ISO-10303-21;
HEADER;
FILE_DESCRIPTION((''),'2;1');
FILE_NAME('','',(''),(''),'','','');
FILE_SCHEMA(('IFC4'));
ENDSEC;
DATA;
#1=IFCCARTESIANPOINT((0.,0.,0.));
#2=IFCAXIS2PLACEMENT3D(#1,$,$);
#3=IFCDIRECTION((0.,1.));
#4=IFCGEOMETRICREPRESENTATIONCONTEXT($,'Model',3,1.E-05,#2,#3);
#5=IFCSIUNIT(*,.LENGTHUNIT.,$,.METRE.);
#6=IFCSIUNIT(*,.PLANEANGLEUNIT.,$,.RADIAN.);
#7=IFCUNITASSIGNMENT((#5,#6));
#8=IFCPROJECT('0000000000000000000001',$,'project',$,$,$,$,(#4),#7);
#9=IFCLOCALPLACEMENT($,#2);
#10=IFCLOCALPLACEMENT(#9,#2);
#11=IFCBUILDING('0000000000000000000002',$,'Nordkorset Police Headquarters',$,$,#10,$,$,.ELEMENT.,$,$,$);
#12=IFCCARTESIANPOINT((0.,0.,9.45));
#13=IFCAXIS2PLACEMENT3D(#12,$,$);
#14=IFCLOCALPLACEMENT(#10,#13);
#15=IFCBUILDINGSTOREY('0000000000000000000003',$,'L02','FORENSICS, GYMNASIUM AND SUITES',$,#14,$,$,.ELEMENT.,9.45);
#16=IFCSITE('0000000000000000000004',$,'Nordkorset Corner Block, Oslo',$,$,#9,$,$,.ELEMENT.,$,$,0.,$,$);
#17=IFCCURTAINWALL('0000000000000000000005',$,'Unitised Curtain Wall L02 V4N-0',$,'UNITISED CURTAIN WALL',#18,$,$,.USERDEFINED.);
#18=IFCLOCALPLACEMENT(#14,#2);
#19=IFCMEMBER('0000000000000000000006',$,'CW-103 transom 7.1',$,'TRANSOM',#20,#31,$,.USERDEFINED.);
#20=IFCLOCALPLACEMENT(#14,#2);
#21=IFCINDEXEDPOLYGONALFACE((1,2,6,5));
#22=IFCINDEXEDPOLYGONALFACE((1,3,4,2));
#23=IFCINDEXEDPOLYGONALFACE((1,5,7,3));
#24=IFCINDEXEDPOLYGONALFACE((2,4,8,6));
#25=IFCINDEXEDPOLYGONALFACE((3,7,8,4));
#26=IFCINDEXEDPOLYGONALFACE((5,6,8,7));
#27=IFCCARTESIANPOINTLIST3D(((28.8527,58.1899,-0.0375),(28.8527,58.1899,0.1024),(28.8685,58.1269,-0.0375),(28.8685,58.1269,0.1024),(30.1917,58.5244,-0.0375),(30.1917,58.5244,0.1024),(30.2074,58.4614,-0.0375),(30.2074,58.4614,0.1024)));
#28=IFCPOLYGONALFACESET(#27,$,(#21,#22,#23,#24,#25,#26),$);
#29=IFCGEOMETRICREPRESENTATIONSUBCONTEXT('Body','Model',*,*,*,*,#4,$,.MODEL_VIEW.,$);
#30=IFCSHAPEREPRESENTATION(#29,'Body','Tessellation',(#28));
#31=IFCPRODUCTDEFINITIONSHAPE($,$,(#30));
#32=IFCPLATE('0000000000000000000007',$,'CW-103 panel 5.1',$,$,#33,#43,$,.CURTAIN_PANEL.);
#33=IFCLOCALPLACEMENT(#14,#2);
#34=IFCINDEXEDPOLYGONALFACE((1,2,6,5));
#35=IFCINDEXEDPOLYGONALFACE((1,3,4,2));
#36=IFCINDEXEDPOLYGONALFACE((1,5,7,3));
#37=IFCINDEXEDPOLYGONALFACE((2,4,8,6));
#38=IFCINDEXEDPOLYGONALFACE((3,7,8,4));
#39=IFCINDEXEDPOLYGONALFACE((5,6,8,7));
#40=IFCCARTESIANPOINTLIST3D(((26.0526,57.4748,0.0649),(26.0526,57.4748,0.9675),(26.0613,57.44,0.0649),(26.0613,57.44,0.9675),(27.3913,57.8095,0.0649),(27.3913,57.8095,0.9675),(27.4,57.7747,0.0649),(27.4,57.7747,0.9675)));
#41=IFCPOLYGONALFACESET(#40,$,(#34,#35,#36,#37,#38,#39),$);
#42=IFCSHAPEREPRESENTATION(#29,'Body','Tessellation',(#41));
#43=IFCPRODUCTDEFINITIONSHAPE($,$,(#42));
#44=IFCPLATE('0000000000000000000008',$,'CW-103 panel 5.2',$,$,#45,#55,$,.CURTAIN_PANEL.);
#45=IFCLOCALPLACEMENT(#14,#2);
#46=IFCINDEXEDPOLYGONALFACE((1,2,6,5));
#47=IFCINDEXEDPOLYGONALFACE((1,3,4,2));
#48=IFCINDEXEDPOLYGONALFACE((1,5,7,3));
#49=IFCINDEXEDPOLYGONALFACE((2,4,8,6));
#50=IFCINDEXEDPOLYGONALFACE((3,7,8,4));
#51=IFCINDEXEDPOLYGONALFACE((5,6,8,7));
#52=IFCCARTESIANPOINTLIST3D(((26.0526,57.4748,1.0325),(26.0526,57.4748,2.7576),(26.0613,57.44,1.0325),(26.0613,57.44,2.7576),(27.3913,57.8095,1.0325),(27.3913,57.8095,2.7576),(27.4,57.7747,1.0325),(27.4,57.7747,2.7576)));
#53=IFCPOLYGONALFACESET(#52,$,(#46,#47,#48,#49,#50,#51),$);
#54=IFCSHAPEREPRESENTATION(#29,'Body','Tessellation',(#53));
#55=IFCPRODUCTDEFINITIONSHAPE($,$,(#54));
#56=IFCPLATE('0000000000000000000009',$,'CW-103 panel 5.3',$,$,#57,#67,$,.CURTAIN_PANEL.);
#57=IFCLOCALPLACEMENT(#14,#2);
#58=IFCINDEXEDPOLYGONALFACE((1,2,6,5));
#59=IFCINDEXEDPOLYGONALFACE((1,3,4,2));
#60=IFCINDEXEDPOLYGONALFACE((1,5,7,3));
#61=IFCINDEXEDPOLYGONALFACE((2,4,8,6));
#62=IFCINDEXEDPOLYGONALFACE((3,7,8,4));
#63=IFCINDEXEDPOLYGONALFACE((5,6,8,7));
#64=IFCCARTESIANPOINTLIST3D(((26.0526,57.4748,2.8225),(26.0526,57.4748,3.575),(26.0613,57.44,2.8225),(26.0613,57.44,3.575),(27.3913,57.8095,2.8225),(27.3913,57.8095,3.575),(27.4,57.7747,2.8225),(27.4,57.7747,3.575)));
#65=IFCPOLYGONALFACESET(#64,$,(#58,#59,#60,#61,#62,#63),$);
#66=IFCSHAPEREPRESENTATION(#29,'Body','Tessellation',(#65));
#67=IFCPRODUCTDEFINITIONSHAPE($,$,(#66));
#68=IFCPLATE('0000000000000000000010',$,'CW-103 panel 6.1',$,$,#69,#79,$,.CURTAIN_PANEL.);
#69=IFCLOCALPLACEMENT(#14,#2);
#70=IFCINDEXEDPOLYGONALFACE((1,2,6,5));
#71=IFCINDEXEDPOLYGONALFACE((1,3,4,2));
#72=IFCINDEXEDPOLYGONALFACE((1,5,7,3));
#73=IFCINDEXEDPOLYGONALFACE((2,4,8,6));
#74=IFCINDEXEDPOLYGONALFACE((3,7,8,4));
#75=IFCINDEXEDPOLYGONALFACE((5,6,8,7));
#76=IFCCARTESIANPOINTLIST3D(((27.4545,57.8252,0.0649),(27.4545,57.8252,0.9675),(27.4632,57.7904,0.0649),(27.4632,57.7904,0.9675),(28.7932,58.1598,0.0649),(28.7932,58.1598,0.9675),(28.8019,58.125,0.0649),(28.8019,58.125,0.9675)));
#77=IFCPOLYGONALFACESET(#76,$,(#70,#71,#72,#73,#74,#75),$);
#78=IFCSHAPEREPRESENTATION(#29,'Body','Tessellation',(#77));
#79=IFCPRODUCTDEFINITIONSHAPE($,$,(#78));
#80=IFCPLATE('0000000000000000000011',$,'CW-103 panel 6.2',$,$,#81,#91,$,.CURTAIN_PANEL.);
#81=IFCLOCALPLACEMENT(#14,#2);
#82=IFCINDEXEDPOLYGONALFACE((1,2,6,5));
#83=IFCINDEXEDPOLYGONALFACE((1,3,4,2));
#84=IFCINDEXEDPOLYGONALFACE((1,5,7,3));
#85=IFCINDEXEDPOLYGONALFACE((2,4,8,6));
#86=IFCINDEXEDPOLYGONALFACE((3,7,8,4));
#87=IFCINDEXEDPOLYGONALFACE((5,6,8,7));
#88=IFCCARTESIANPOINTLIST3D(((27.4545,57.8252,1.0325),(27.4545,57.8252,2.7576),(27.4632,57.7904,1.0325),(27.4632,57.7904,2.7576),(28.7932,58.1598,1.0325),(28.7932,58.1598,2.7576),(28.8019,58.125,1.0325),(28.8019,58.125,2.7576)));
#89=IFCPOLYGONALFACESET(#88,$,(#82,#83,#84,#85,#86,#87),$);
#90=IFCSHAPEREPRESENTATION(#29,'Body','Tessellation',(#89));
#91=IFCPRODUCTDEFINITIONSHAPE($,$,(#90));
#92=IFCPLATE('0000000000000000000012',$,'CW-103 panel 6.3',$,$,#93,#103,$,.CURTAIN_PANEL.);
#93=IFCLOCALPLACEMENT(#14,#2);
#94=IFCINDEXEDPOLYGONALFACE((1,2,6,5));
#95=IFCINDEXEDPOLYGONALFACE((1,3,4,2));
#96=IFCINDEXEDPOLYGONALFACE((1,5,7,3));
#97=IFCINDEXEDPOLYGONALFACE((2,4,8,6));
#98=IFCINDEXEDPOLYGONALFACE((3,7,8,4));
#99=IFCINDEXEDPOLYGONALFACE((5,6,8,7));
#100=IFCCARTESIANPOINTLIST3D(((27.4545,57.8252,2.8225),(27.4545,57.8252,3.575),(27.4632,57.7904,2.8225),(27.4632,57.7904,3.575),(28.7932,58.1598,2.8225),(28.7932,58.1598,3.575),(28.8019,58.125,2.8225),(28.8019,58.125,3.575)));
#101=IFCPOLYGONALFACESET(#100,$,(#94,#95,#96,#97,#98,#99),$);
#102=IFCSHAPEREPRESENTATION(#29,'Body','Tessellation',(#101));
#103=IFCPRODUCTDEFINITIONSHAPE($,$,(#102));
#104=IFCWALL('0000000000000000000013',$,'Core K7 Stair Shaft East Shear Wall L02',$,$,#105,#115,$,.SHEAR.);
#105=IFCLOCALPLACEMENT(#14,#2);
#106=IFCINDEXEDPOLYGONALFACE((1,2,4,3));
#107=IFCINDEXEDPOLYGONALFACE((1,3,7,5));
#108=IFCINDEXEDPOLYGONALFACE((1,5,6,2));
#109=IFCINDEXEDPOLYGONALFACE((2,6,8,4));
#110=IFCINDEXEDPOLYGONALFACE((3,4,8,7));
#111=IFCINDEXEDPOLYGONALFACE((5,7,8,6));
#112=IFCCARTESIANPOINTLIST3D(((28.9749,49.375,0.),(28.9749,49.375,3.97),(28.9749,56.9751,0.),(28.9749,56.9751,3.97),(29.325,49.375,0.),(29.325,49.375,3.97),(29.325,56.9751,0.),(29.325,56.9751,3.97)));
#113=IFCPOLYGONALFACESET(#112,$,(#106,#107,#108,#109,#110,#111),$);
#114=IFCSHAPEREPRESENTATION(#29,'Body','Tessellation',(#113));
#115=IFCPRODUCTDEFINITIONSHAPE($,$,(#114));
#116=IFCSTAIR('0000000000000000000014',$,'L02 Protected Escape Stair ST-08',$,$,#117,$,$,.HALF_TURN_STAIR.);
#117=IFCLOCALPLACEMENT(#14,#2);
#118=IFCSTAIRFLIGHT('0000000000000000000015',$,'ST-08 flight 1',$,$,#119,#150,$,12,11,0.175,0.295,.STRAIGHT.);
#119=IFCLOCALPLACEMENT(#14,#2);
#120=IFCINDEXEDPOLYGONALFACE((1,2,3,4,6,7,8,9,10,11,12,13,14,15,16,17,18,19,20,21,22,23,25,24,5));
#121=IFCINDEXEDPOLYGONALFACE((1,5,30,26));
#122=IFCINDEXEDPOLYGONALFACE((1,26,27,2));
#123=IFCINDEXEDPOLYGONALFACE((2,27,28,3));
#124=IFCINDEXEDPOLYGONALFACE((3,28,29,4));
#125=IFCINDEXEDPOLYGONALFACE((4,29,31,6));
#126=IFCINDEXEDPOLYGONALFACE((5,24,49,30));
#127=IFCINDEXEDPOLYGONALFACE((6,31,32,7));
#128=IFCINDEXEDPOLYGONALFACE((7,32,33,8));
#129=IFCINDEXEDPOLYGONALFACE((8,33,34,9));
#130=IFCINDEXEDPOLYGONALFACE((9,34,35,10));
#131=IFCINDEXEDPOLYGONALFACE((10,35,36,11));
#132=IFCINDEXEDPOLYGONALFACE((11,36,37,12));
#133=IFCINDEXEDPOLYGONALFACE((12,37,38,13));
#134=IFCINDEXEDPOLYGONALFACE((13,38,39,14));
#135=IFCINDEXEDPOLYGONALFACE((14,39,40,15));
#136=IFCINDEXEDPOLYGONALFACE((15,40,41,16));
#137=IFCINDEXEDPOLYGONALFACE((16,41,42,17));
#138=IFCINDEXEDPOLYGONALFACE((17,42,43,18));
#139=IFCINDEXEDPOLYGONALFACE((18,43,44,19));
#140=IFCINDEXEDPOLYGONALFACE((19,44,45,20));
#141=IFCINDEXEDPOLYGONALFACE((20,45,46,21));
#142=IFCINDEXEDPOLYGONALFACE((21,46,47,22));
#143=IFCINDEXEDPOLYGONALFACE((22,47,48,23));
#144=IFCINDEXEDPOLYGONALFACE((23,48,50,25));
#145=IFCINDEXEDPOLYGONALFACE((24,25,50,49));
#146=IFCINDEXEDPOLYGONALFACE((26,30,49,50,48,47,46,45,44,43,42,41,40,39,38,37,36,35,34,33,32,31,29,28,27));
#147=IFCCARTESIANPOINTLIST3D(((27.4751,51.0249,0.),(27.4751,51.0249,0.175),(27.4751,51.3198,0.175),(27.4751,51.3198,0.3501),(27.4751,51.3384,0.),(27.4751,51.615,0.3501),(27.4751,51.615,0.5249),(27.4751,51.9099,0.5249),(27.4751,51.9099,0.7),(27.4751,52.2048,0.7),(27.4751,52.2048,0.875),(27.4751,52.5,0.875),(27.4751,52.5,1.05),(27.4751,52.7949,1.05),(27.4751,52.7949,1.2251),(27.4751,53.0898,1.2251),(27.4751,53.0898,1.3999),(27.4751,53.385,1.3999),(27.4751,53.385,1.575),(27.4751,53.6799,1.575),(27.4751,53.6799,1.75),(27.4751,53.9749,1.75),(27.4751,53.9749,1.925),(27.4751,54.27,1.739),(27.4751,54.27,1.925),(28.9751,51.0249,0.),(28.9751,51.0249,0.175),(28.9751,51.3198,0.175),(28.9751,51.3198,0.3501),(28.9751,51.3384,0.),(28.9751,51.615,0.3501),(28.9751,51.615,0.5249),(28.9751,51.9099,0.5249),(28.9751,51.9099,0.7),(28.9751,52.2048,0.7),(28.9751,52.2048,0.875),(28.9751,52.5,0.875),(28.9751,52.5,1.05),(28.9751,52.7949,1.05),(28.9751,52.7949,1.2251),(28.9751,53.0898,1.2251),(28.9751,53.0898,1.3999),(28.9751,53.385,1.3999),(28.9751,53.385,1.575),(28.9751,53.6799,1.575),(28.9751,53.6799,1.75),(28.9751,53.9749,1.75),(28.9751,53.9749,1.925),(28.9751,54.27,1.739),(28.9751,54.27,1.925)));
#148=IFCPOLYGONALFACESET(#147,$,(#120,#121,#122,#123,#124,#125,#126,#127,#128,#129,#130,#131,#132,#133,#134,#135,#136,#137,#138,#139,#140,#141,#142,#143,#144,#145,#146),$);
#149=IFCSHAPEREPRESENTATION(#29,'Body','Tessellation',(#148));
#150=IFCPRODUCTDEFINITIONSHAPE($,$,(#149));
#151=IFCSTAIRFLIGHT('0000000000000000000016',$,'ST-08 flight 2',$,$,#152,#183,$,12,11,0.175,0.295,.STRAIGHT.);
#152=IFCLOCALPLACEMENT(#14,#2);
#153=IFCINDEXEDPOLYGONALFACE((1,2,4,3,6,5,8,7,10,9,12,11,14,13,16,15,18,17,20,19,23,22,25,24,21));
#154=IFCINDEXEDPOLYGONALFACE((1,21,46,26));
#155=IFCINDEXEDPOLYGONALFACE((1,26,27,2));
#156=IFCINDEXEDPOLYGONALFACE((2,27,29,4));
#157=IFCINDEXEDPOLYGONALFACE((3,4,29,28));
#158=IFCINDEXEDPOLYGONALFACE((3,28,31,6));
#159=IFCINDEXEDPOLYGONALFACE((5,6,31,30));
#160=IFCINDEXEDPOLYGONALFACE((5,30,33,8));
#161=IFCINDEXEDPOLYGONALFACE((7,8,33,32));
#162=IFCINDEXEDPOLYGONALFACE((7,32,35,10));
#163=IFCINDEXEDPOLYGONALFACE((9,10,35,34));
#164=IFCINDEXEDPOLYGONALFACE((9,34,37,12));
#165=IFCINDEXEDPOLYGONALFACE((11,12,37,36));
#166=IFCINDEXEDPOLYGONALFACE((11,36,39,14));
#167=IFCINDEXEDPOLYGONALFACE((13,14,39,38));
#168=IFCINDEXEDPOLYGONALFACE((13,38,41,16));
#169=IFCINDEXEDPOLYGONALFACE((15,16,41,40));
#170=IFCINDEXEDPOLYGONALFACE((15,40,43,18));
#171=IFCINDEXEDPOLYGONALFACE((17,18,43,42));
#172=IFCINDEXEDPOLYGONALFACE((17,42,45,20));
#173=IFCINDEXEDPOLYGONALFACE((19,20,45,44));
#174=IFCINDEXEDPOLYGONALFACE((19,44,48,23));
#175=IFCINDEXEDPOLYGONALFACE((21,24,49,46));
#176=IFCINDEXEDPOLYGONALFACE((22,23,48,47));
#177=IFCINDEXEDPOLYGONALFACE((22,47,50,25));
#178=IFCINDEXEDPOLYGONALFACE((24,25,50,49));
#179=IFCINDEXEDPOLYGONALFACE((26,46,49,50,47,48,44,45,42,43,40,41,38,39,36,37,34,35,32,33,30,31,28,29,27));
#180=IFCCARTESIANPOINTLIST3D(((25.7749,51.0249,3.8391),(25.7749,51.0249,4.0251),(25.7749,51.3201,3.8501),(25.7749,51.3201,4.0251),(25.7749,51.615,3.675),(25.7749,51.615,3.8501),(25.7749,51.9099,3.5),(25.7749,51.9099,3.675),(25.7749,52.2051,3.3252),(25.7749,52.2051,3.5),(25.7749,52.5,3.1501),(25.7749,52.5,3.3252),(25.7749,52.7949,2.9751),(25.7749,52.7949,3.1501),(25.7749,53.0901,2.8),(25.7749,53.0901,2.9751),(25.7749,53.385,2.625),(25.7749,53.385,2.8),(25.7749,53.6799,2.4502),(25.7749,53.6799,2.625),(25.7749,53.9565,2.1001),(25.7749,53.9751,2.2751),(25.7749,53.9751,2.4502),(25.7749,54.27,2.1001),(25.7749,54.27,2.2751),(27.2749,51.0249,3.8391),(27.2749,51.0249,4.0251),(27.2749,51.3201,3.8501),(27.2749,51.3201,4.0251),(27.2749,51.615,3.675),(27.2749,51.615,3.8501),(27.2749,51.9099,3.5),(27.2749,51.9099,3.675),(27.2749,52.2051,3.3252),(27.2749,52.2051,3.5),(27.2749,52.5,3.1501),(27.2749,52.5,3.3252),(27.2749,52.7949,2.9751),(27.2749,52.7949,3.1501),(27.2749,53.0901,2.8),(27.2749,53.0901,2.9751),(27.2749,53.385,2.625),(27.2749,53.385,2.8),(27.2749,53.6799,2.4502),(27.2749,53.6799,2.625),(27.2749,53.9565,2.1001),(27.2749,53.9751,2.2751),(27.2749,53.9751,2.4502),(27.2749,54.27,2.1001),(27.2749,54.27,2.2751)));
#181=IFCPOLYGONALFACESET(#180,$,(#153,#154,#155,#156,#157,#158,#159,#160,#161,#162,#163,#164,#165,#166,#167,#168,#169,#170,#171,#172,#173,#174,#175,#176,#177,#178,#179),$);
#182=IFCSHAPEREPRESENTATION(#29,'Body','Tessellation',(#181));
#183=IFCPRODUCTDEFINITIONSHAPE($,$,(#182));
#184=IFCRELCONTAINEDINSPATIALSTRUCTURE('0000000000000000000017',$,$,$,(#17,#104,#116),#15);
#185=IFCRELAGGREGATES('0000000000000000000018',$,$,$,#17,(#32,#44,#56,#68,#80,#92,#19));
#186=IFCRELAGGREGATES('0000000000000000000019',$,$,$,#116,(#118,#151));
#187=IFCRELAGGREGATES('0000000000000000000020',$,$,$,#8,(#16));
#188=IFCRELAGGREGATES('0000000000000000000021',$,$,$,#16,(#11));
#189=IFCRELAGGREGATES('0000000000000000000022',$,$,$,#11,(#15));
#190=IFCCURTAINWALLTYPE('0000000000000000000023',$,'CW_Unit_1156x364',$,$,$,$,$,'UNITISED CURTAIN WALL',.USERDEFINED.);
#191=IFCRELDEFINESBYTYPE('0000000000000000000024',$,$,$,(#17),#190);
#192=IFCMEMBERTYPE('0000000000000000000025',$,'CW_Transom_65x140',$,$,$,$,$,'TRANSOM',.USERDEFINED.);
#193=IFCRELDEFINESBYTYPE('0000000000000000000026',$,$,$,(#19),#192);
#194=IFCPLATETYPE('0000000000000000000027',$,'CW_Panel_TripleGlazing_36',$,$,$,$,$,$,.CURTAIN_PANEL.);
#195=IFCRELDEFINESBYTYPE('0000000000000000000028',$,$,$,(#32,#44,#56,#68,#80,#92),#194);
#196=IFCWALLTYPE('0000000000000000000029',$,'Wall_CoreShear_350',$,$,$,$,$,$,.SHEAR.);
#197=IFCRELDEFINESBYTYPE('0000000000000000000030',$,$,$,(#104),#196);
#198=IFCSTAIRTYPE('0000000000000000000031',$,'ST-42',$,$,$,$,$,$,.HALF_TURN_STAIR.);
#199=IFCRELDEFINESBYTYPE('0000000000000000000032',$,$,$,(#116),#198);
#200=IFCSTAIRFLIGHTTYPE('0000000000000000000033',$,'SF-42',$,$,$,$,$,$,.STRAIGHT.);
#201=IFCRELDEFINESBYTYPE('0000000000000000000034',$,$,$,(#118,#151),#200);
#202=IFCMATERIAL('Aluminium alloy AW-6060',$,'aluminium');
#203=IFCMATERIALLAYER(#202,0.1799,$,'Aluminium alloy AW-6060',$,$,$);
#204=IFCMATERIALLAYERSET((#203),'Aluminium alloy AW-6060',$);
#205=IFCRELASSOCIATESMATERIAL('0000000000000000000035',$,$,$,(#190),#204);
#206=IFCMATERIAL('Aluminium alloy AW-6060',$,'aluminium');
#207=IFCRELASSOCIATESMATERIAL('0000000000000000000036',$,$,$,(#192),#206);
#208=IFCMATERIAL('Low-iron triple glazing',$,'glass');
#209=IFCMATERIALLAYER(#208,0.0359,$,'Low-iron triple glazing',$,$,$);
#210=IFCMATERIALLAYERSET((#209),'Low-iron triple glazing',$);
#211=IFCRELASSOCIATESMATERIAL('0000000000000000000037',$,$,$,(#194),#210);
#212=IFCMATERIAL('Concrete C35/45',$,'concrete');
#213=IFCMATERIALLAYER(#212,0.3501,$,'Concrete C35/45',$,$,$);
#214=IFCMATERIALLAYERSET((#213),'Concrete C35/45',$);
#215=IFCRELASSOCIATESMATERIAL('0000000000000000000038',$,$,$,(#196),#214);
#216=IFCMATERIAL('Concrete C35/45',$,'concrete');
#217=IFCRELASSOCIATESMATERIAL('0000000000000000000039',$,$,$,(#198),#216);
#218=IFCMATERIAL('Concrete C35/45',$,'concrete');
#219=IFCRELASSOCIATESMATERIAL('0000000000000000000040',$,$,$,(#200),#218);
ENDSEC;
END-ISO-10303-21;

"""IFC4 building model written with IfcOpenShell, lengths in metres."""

from ifc_helpers import new_model, si_unit, direction, frame, frame_2d, origin, origin_2d, place, context, subcontext, project, spatial, polyline, rectangle, outline, extrude, material, layer, layer_set, material_profile, profile_set, type_object, element, aggregate, save


model = new_model("IFC4")

# Units and contexts
model_context = context("Model", 3, precision=1e-05, world=origin(), true_north=direction((0.0, 1.0)))
body_context = subcontext(model_context, "Body", "Model", "MODEL_VIEW")
ifc_project = project(units=[si_unit("LENGTHUNIT", "METRE"), si_unit("PLANEANGLEUNIT", "RADIAN")], contexts=[model_context])

# Site, building, storey
site_placement = place(None, origin())
site = spatial("IfcSite", under=ifc_project, at=site_placement, Name="Nordkorset Corner Block, Oslo", CompositionType="ELEMENT", RefElevation=0.0)
building_placement = place(site_placement, origin())
building = spatial("IfcBuilding", under=site, at=building_placement, Name="Nordkorset Police Headquarters", CompositionType="ELEMENT")
storey_placement = place(building_placement, frame((0.0, 0.0, 9.45)))
storey = spatial("IfcBuildingStorey", under=building, at=storey_placement, Name="L02", Description="FORENSICS, GYMNASIUM AND SUITES", CompositionType="ELEMENT", Elevation=9.45)

# Curtain wall, member, plates
ifc_material_1 = material(Name="Aluminium alloy AW-6060", Category="aluminium")
ifc_layer_1 = layer(ifc_material_1, 0.1799, Name="Aluminium alloy AW-6060")
ifc_layer_set_1 = layer_set([ifc_layer_1], Name="Aluminium alloy AW-6060")
curtain_wall_type = type_object("IfcCurtainWallType", Name="CW_Unit_1156x364", ElementType="UNITISED CURTAIN WALL", PredefinedType="USERDEFINED", material=ifc_layer_set_1)
curtain_wall_placement = place(storey_placement, origin())
curtain_wall = element("IfcCurtainWall", 1, at=curtain_wall_placement, inside=storey, type_object=curtain_wall_type, Name="Unitised Curtain Wall L02 V4N-0", ObjectType="UNITISED CURTAIN WALL", PredefinedType="USERDEFINED")
ifc_material_2 = material(Name="Aluminium alloy AW-6060", Category="aluminium")
ifc_material_profile_1 = material_profile(ifc_material_2, rectangle(XDim=0.0649, YDim=0.1399, at=origin_2d()), Name="ALU TRAN 65x140")
ifc_profile_set_1 = profile_set([ifc_material_profile_1], Name="Aluminium alloy AW-6060")
member_type_1 = type_object("IfcMemberType", Name="CW_Transom_65x140", ElementType="TRANSOM", PredefinedType="USERDEFINED", material=ifc_profile_set_1)
member_1_placement = place(storey_placement, frame((28.8606, 58.1584, 0.0325), z_axis=(0.970184, 0.242369, 0.0), x_axis=(-0.242369, 0.970184, 0.0)))
member_1 = element("IfcMember", 2, at=member_1_placement, type_object=member_type_1, Name="CW-103 transom 7.1", ObjectType="TRANSOM", PredefinedType="USERDEFINED", context=body_context, shape_type="SweptSolid", body=[
    extrude(rectangle(XDim=0.0649, YDim=0.1399, at=origin_2d()), origin(), (0.0, 0.0, 1.0), 1.3801),
])
ifc_material_3 = material(Name="Low-iron triple glazing", Category="glass")
ifc_layer_2 = layer(ifc_material_3, 0.0359, Name="Low-iron triple glazing")
ifc_layer_set_2 = layer_set([ifc_layer_2], Name="Low-iron triple glazing")
plate_type = type_object("IfcPlateType", Name="CW_Panel_TripleGlazing_36", PredefinedType="CURTAIN_PANEL", material=ifc_layer_set_2)
plate_1_placement = place(storey_placement, frame((26.7263, 57.6248, 0.0649), z_axis=(0.0, 0.0, 1.0), x_axis=(0.970142, 0.242536, 0.0)))
plate_1 = element("IfcPlate", 3, at=plate_1_placement, type_object=plate_type, Name="CW-103 panel 5.1", PredefinedType="CURTAIN_PANEL", context=body_context, shape_type="SweptSolid", body=[
    extrude(rectangle(XDim=1.3799, YDim=0.0359, at=origin_2d()), origin(), (0.0, 0.0, 1.0), 0.9026),
])
plate_2_placement = place(storey_placement, frame((26.7263, 57.6248, 1.0325), z_axis=(0.0, 0.0, 1.0), x_axis=(0.970142, 0.242536, 0.0)))
plate_2 = element("IfcPlate", 4, at=plate_2_placement, type_object=plate_type, Name="CW-103 panel 5.2", PredefinedType="CURTAIN_PANEL", context=body_context, shape_type="SweptSolid", body=[
    extrude(rectangle(XDim=1.3799, YDim=0.0359, at=origin_2d()), origin(), (0.0, 0.0, 1.0), 1.7251),
])
plate_3_placement = place(storey_placement, frame((26.7263, 57.6248, 2.8225), z_axis=(0.0, 0.0, 1.0), x_axis=(0.970142, 0.242536, 0.0)))
plate_3 = element("IfcPlate", 5, at=plate_3_placement, type_object=plate_type, Name="CW-103 panel 5.3", PredefinedType="CURTAIN_PANEL", context=body_context, shape_type="SweptSolid", body=[
    extrude(rectangle(XDim=1.3799, YDim=0.0359, at=origin_2d()), origin(), (0.0, 0.0, 1.0), 0.7524),
])
plate_4_placement = place(storey_placement, frame((28.1282, 57.9751, 0.0649), z_axis=(0.0, 0.0, 1.0), x_axis=(0.970142, 0.242536, 0.0)))
plate_4 = element("IfcPlate", 6, at=plate_4_placement, type_object=plate_type, Name="CW-103 panel 6.1", PredefinedType="CURTAIN_PANEL", context=body_context, shape_type="SweptSolid", body=[
    extrude(rectangle(XDim=1.3799, YDim=0.0359, at=origin_2d()), origin(), (0.0, 0.0, 1.0), 0.9026),
])
plate_5_placement = place(storey_placement, frame((28.1282, 57.9751, 1.0325), z_axis=(0.0, 0.0, 1.0), x_axis=(0.970142, 0.242536, 0.0)))
plate_5 = element("IfcPlate", 7, at=plate_5_placement, type_object=plate_type, Name="CW-103 panel 6.2", PredefinedType="CURTAIN_PANEL", context=body_context, shape_type="SweptSolid", body=[
    extrude(rectangle(XDim=1.3799, YDim=0.0359, at=origin_2d()), origin(), (0.0, 0.0, 1.0), 1.7251),
])
plate_6_placement = place(storey_placement, frame((28.1282, 57.9751, 2.8225), z_axis=(0.0, 0.0, 1.0), x_axis=(0.970142, 0.242536, 0.0)))
plate_6 = element("IfcPlate", 8, at=plate_6_placement, type_object=plate_type, Name="CW-103 panel 6.3", PredefinedType="CURTAIN_PANEL", context=body_context, shape_type="SweptSolid", body=[
    extrude(rectangle(XDim=1.3799, YDim=0.0359, at=origin_2d()), origin(), (0.0, 0.0, 1.0), 0.7524),
])
aggregate(curtain_wall, [plate_1, plate_2, plate_3, plate_4, plate_5, plate_6, member_1])

# Wall
ifc_material_4 = material(Name="Concrete C35/45", Category="concrete")
ifc_layer_3 = layer(ifc_material_4, 0.3501, Name="Concrete C35/45")
ifc_layer_set_3 = layer_set([ifc_layer_3], Name="Concrete C35/45")
wall_type = type_object("IfcWallType", Name="Wall_CoreShear_350", PredefinedType="SHEAR", material=ifc_layer_set_3)
wall_placement = place(storey_placement, frame((29.1499, 49.375, 0.0), z_axis=(0.0, 0.0, 1.0), x_axis=(0.0, 1.0, 0.0)))
element("IfcWall", 9, at=wall_placement, inside=storey, type_object=wall_type, Name="Core K7 Stair Shaft East Shear Wall L02", PredefinedType="SHEAR", context=body_context, shape_type="SweptSolid", body=[
    extrude(rectangle(XDim=7.6001, YDim=0.3501, at=frame_2d((3.8, 0.0))), origin(), (0.0, 0.0, 1.0), 3.97),
])

# Stair, stair flights
ifc_material_5 = material(Name="Concrete C35/45", Category="concrete")
stair_type = type_object("IfcStairType", Name="ST-42", PredefinedType="HALF_TURN_STAIR", material=ifc_material_5)
stair_placement = place(storey_placement, origin())
stair = element("IfcStair", 10, at=stair_placement, inside=storey, type_object=stair_type, Name="L02 Protected Escape Stair ST-08", PredefinedType="HALF_TURN_STAIR")
ifc_material_6 = material(Name="Concrete C35/45", Category="concrete")
stair_flight_type = type_object("IfcStairFlightType", Name="SF-42", PredefinedType="STRAIGHT", material=ifc_material_6)
stair_flight_1_placement = place(storey_placement, frame((28.2251, 51.0249, 0.0), z_axis=(0.0, 0.0, 1.0), x_axis=(0.0, 1.0, 0.0)))
stair_flight_1 = element("IfcStairFlight", 11, at=stair_flight_1_placement, type_object=stair_flight_type, Name="ST-08 flight 1", NumberOfRisers=12, NumberOfTreads=11, PredefinedType="STRAIGHT", RiserHeight=0.175, TreadLength=0.295, context=body_context, shape_type="SweptSolid", body=[
    extrude(outline(polyline([(0.0, 0.0), (0.0, 0.175), (0.2949, 0.175), (0.2949, 0.3501), (0.5901, 0.3501), (0.5901, 0.5249), (0.885, 0.5249), (0.885, 0.7), (1.1799, 0.7), (1.1799, 0.875), (1.4751, 0.875), (1.4751, 1.05), (1.77, 1.05), (1.77, 1.2251), (2.0649, 1.2251), (2.0649, 1.3999), (2.3601, 1.3999), (2.3601, 1.575), (2.655, 1.575), (2.655, 1.75), (2.95, 1.75), (2.95, 1.925), (3.2451, 1.925), (3.2451, 2.1001), (3.2451, 1.739), (0.3135, 0.0), (0.0, 0.0)])), frame((0.0, 0.75, 0.0), z_axis=(0.0, -1.0, 0.0), x_axis=(1.0, 0.0, 0.0)), (0.0, 0.0, 1.0), 1.5),
])
stair_flight_2_placement = place(storey_placement, frame((26.5249, 54.27, 2.1001), z_axis=(0.0, 0.0, 1.0), x_axis=(0.0, -1.0, 0.0)))
stair_flight_2 = element("IfcStairFlight", 12, at=stair_flight_2_placement, type_object=stair_flight_type, Name="ST-08 flight 2", NumberOfRisers=12, NumberOfTreads=11, PredefinedType="STRAIGHT", RiserHeight=0.175, TreadLength=0.295, context=body_context, shape_type="SweptSolid", body=[
    extrude(outline(polyline([(0.0, 0.0), (0.0, 0.175), (0.2949, 0.175), (0.2949, 0.3501), (0.5901, 0.3501), (0.5901, 0.5249), (0.885, 0.5249), (0.885, 0.7), (1.1799, 0.7), (1.1799, 0.875), (1.4751, 0.875), (1.4751, 1.05), (1.77, 1.05), (1.77, 1.2251), (2.0649, 1.2251), (2.0649, 1.3999), (2.3601, 1.3999), (2.3601, 1.575), (2.655, 1.575), (2.655, 1.75), (2.95, 1.75), (2.95, 1.925), (3.2451, 1.925), (3.2451, 2.1001), (3.2451, 1.739), (0.3135, 0.0), (0.0, 0.0)])), frame((0.0, 0.75, 0.0), z_axis=(0.0, -1.0, 0.0), x_axis=(1.0, 0.0, 0.0)), (0.0, 0.0, 1.0), 1.5),
])
aggregate(stair, [stair_flight_1, stair_flight_2])

save(model, "model.ifc")
